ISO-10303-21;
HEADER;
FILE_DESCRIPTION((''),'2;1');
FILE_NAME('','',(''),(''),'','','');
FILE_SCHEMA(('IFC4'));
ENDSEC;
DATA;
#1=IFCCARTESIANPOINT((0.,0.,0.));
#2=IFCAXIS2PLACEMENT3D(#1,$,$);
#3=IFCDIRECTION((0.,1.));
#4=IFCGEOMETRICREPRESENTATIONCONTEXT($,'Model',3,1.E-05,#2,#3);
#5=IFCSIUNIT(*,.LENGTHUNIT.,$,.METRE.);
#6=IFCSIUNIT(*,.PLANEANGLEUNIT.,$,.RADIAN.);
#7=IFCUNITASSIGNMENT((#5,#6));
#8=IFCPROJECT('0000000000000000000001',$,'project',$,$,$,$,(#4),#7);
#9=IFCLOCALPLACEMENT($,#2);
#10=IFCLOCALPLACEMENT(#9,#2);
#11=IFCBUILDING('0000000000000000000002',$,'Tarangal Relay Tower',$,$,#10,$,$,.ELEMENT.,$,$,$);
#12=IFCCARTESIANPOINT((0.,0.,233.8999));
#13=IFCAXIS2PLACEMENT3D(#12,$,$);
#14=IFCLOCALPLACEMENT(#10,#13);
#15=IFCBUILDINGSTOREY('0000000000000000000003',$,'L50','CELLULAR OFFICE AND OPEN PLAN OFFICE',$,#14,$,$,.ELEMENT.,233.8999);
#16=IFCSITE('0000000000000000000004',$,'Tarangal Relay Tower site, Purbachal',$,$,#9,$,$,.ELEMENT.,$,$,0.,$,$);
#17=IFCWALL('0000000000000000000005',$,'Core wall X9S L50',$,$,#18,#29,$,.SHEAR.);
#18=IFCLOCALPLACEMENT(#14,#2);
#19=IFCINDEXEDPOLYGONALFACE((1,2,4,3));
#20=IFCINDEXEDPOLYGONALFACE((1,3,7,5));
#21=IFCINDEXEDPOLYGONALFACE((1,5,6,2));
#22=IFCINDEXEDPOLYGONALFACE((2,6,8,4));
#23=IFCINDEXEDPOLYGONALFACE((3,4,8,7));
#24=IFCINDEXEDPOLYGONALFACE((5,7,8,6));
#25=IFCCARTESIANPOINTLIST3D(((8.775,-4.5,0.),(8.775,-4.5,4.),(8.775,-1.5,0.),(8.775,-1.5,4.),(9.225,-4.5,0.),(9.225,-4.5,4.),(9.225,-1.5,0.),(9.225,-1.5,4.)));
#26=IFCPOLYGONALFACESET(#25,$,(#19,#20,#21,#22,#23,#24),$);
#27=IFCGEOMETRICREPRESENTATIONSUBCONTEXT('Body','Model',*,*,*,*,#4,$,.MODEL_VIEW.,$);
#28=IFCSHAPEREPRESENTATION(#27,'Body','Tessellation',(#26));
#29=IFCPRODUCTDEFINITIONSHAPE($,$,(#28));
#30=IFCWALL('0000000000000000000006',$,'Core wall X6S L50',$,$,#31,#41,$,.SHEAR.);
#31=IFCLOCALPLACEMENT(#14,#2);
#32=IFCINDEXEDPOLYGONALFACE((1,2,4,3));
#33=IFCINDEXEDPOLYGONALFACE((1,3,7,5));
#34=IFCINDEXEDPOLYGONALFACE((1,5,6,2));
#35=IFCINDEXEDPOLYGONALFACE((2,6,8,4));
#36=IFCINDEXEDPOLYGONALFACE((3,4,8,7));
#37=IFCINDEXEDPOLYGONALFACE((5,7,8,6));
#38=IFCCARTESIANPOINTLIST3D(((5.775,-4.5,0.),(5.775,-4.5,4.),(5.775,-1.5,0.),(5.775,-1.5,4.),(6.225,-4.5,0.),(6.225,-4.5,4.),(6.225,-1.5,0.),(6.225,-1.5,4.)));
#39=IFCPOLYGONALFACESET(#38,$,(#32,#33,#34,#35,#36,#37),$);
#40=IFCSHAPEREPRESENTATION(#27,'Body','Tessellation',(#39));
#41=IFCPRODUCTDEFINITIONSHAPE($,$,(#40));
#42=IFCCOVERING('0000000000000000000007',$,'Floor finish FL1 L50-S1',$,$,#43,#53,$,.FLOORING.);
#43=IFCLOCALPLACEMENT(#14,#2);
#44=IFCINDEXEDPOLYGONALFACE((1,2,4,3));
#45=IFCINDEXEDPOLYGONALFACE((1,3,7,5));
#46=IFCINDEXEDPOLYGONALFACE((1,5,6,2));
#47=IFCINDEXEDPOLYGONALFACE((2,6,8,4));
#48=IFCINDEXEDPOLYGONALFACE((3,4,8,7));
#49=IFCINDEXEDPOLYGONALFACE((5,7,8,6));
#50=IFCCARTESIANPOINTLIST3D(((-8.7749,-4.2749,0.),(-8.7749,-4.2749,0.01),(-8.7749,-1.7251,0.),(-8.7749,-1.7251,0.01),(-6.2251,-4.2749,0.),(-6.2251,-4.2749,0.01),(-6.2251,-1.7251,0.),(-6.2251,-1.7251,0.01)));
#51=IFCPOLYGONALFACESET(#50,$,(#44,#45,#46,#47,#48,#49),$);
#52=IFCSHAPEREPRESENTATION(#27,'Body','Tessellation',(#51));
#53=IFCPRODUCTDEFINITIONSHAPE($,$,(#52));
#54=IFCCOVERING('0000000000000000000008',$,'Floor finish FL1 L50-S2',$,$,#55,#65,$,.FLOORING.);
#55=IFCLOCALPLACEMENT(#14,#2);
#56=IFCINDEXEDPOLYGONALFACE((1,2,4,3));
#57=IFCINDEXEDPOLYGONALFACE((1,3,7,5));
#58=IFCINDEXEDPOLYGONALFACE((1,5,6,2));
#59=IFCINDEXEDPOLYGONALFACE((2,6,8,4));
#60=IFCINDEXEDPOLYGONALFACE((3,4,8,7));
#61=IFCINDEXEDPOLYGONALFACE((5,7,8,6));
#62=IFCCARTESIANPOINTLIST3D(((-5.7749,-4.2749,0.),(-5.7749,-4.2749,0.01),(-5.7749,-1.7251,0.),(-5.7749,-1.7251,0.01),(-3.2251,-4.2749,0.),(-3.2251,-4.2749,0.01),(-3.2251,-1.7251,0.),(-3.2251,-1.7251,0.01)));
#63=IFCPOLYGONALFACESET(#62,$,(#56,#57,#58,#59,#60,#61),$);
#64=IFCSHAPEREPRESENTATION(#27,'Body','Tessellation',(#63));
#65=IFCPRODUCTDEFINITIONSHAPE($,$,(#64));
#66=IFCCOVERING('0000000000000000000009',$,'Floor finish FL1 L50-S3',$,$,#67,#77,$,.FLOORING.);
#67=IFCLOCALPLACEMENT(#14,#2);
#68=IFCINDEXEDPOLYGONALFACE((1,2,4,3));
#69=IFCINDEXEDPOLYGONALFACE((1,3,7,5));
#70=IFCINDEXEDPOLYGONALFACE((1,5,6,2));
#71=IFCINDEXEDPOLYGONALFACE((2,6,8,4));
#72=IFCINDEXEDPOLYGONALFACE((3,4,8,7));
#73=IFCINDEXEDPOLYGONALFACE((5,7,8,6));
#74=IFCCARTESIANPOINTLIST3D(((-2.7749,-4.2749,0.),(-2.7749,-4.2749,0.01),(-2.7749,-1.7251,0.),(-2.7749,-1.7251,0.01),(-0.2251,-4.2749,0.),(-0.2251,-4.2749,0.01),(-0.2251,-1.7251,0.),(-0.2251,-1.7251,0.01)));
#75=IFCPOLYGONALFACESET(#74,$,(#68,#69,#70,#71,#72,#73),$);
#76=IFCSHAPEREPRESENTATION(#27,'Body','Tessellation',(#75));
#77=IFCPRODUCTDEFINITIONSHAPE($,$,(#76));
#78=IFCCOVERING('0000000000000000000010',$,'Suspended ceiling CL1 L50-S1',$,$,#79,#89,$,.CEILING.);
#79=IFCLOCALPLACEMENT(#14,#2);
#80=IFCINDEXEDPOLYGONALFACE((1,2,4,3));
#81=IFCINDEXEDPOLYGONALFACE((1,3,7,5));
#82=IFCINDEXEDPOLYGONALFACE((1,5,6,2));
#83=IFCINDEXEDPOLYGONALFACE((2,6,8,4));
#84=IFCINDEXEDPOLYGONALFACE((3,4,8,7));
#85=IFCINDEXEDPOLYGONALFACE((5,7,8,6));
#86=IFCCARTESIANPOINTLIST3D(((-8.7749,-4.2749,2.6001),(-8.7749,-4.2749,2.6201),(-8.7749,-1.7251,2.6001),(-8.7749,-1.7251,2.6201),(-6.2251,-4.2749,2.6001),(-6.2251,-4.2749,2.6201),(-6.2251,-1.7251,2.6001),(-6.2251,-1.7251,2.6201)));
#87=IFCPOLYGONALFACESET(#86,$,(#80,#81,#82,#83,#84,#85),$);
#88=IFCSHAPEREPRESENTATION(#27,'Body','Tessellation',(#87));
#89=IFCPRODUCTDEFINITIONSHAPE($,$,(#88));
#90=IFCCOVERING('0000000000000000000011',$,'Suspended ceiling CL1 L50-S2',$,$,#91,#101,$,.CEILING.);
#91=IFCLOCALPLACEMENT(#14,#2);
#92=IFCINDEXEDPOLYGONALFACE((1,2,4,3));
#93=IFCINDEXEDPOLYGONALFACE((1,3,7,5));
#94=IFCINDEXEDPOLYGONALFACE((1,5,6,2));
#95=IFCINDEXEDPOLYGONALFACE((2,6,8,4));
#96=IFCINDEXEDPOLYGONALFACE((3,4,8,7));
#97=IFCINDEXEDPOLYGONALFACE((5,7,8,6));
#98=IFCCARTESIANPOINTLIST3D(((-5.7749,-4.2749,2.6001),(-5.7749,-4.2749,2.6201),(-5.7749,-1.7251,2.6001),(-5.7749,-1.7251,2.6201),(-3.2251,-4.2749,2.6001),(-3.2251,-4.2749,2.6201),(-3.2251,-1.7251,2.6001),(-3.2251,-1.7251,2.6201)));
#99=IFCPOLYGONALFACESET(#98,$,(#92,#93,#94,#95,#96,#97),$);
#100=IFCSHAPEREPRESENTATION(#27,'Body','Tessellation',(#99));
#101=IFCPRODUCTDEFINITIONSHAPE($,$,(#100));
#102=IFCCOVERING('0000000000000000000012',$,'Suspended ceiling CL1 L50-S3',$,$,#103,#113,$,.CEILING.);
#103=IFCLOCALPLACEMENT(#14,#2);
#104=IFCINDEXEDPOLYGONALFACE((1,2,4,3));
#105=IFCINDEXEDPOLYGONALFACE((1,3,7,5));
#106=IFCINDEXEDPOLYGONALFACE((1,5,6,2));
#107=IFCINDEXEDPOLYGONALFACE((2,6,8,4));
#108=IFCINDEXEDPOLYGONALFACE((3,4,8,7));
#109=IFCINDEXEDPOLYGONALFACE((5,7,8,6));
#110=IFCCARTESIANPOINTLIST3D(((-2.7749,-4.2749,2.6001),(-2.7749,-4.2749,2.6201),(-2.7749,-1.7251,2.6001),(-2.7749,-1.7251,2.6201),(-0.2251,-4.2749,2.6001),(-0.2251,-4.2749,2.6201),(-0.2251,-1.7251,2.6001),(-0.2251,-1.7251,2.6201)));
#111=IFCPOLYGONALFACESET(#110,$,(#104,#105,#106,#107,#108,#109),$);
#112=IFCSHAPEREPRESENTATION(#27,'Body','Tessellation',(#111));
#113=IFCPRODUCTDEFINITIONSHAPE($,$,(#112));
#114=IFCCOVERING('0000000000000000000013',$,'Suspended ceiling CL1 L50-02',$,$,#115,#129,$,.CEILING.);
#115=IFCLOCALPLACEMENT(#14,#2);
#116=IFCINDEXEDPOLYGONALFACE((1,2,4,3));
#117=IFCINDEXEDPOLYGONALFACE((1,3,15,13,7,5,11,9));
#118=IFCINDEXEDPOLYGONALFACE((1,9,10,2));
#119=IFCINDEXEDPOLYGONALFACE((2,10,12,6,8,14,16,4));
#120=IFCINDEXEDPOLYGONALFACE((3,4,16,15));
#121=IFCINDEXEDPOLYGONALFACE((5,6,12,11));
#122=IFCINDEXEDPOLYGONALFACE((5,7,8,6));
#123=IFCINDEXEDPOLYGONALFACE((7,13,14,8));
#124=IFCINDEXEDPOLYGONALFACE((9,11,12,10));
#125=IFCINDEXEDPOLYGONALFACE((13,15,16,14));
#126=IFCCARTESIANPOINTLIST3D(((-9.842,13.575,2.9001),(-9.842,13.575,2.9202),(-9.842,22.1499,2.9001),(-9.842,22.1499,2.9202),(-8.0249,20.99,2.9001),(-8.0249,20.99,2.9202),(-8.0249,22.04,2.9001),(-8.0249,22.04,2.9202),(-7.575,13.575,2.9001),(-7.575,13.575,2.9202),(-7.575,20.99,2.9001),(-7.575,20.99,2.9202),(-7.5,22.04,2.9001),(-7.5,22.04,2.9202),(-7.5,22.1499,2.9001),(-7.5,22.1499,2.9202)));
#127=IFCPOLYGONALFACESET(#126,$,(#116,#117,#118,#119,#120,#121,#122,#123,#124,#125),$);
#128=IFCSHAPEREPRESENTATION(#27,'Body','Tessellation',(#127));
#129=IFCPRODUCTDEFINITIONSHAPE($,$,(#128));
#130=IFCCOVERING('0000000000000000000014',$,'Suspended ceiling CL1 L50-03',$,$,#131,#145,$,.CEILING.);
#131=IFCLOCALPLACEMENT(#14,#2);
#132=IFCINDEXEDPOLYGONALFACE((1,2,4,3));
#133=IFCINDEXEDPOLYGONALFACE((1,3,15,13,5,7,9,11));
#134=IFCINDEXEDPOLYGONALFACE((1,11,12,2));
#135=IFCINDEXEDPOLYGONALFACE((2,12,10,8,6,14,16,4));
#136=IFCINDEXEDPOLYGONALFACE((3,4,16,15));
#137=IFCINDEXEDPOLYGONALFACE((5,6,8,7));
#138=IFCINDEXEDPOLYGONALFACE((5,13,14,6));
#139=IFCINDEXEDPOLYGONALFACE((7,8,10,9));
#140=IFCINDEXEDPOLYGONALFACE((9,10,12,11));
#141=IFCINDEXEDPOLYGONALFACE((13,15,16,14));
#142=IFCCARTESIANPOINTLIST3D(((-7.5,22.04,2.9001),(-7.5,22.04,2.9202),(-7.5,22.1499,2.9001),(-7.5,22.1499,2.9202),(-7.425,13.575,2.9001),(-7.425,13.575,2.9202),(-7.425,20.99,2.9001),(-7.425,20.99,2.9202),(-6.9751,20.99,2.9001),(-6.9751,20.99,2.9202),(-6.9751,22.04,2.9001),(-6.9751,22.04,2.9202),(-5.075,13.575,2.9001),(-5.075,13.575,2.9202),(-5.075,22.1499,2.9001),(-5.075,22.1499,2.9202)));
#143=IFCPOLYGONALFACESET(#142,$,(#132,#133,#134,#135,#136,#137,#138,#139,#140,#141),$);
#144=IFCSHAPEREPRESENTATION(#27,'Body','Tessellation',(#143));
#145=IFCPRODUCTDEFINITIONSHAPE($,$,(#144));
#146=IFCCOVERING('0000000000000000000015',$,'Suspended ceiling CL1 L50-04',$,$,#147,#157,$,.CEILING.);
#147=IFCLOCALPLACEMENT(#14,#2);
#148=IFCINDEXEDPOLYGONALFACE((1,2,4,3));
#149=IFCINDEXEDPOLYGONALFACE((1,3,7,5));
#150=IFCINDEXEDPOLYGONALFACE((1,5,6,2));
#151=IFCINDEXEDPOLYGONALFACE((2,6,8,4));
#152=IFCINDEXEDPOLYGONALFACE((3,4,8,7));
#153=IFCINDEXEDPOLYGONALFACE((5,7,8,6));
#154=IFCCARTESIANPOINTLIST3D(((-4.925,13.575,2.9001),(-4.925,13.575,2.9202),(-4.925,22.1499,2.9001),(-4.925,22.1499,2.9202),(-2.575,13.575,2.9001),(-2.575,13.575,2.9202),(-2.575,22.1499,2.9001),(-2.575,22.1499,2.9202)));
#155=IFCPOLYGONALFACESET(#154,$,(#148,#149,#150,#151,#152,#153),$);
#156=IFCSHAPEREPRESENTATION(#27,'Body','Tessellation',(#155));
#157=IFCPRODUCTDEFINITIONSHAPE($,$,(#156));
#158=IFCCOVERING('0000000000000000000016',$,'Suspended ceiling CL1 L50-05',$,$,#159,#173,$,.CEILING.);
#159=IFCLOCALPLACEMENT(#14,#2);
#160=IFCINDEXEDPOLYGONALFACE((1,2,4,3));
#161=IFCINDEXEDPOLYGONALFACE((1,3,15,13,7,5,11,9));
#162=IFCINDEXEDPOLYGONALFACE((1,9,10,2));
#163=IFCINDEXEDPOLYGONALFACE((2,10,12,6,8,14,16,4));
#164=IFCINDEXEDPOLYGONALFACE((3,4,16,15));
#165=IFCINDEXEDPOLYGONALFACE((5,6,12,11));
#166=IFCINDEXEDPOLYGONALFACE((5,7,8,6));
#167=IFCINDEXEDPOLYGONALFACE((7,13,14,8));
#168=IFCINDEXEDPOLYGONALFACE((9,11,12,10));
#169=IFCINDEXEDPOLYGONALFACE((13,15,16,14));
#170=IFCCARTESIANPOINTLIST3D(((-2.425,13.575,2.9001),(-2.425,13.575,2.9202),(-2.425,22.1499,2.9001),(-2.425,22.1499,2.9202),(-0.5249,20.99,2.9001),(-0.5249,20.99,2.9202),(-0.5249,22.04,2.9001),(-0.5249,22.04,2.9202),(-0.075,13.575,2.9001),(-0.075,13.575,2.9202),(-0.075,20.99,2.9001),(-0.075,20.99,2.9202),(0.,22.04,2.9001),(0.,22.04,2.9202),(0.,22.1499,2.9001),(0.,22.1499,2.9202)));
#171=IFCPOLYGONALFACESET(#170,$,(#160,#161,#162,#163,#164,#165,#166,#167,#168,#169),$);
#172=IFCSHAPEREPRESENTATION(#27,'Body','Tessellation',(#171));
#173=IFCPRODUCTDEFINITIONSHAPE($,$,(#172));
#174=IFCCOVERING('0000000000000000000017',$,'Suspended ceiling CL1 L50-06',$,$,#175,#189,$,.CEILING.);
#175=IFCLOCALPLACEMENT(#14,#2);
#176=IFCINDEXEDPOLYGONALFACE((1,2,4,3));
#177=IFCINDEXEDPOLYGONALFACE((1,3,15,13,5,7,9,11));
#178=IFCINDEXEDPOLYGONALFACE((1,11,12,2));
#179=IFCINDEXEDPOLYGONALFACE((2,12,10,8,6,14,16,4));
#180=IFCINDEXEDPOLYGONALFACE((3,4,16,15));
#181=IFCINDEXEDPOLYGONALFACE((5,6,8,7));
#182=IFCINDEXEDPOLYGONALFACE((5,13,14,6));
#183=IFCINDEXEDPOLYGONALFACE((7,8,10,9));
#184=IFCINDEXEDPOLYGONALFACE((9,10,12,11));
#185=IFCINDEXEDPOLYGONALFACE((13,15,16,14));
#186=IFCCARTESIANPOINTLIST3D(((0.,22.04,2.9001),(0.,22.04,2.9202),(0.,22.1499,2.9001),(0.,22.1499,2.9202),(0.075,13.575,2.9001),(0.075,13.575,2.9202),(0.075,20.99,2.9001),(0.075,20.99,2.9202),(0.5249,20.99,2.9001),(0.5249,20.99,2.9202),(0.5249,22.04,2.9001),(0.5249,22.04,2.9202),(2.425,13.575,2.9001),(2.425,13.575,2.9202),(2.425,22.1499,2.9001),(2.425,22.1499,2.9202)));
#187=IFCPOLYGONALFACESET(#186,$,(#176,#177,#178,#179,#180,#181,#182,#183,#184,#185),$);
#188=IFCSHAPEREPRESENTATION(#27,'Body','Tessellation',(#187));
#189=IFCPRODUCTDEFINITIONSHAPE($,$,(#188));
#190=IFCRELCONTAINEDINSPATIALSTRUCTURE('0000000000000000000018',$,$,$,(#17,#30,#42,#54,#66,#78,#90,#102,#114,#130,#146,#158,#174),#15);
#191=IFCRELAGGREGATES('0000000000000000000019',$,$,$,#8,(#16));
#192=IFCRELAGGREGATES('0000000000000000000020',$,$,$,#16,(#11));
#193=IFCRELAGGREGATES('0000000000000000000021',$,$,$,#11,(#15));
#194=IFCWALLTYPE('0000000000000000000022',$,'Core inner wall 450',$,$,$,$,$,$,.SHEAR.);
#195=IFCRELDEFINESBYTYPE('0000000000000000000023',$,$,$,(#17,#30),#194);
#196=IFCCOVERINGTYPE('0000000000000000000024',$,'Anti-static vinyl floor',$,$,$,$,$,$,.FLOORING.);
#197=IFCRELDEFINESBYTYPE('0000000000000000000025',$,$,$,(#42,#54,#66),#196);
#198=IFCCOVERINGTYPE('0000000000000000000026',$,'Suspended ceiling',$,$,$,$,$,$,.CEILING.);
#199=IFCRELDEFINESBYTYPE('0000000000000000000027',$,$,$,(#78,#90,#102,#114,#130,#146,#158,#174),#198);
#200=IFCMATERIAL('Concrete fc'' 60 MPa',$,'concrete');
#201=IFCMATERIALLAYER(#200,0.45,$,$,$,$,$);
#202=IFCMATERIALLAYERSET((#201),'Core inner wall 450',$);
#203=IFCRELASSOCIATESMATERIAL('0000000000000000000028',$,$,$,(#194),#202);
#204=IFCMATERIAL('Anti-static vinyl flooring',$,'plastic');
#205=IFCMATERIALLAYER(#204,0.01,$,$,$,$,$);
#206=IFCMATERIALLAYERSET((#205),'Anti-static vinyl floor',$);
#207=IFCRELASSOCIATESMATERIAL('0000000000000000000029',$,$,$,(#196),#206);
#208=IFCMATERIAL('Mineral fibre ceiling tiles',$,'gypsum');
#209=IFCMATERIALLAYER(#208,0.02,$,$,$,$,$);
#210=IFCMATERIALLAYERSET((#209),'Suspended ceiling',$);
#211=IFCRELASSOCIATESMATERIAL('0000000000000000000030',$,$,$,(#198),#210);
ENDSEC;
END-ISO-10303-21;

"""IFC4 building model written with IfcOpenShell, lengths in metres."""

from ifc_helpers import new_model, si_unit, direction, frame, frame_2d, origin, place, context, subcontext, project, spatial, polyline, rectangle, outline, extrude, material, layer, layer_set, type_object, element, save


model = new_model("IFC4")

# Units and contexts
model_context = context("Model", 3, precision=1e-05, world=origin(), true_north=direction((0.0, 1.0)))
body_context = subcontext(model_context, "Body", "Model", "MODEL_VIEW")
ifc_project = project(units=[si_unit("LENGTHUNIT", "METRE"), si_unit("PLANEANGLEUNIT", "RADIAN")], contexts=[model_context])

# Site, building, storey
site_placement = place(None, origin())
site = spatial("IfcSite", under=ifc_project, at=site_placement, Name="Tarangal Relay Tower site, Purbachal", CompositionType="ELEMENT", RefElevation=0.0)
building_placement = place(site_placement, origin())
building = spatial("IfcBuilding", under=site, at=building_placement, Name="Tarangal Relay Tower", CompositionType="ELEMENT")
storey_placement = place(building_placement, frame((0.0, 0.0, 233.8999)))
storey = spatial("IfcBuildingStorey", under=building, at=storey_placement, Name="L50", Description="CELLULAR OFFICE AND OPEN PLAN OFFICE", CompositionType="ELEMENT", Elevation=233.8999)

# Walls
ifc_material_1 = material(Name="Concrete fc' 60 MPa", Category="concrete")
ifc_layer_1 = layer(ifc_material_1, 0.45)
ifc_layer_set_1 = layer_set([ifc_layer_1], Name="Core inner wall 450")
wall_type_1 = type_object("IfcWallType", Name="Core inner wall 450", PredefinedType="SHEAR", material=ifc_layer_set_1)
for number, where, z_axis, x_axis, name in (
    (1, (9.0, -4.5, 0.0), (0.0, 0.0, 1.0), (0.0, 1.0, 0.0), "Core wall X9S L50"),
    (2, (6.0, -4.5, 0.0), (0.0, 0.0, 1.0), (0.0, 1.0, 0.0), "Core wall X6S L50"),
):
    element("IfcWall", number, at=place(storey_placement, frame(where, z_axis=z_axis, x_axis=x_axis)), inside=storey, type_object=wall_type_1, Name=name, PredefinedType="SHEAR", context=body_context, shape_type="SweptSolid", body=[
        extrude(rectangle(XDim=3.0, YDim=0.45, at=frame_2d((1.5, 0.0))), origin(), (0.0, 0.0, 1.0), 4.0),
    ])

# Coverings
ifc_material_2 = material(Name="Anti-static vinyl flooring", Category="plastic")
ifc_layer_2 = layer(ifc_material_2, 0.01)
ifc_layer_set_2 = layer_set([ifc_layer_2], Name="Anti-static vinyl floor")
covering_type_1 = type_object("IfcCoveringType", Name="Anti-static vinyl floor", PredefinedType="FLOORING", material=ifc_layer_set_2)
covering_1_placement = place(storey_placement, origin())
element("IfcCovering", 3, at=covering_1_placement, inside=storey, type_object=covering_type_1, Name="Floor finish FL1 L50-S1", PredefinedType="FLOORING", context=body_context, shape_type="SweptSolid", body=[
    extrude(outline(polyline([(-8.7749, -4.2749), (-6.2251, -4.2749), (-6.2251, -1.7251), (-8.7749, -1.7251), (-8.7749, -4.2749)])), origin(), (0.0, 0.0, 1.0), 0.01),
])
covering_2_placement = place(storey_placement, origin())
element("IfcCovering", 4, at=covering_2_placement, inside=storey, type_object=covering_type_1, Name="Floor finish FL1 L50-S2", PredefinedType="FLOORING", context=body_context, shape_type="SweptSolid", body=[
    extrude(outline(polyline([(-5.7749, -4.2749), (-3.2251, -4.2749), (-3.2251, -1.7251), (-5.7749, -1.7251), (-5.7749, -4.2749)])), origin(), (0.0, 0.0, 1.0), 0.01),
])
covering_3_placement = place(storey_placement, origin())
element("IfcCovering", 5, at=covering_3_placement, inside=storey, type_object=covering_type_1, Name="Floor finish FL1 L50-S3", PredefinedType="FLOORING", context=body_context, shape_type="SweptSolid", body=[
    extrude(outline(polyline([(-2.7749, -4.2749), (-0.2251, -4.2749), (-0.2251, -1.7251), (-2.7749, -1.7251), (-2.7749, -4.2749)])), origin(), (0.0, 0.0, 1.0), 0.01),
])
ifc_material_3 = material(Name="Mineral fibre ceiling tiles", Category="gypsum")
ifc_layer_3 = layer(ifc_material_3, 0.02)
ifc_layer_set_3 = layer_set([ifc_layer_3], Name="Suspended ceiling")
covering_type_2 = type_object("IfcCoveringType", Name="Suspended ceiling", PredefinedType="CEILING", material=ifc_layer_set_3)
covering_4_placement = place(storey_placement, frame((0.0, 0.0, 2.6001)))
element("IfcCovering", 6, at=covering_4_placement, inside=storey, type_object=covering_type_2, Name="Suspended ceiling CL1 L50-S1", PredefinedType="CEILING", context=body_context, shape_type="SweptSolid", body=[
    extrude(outline(polyline([(-8.7749, -4.2749), (-6.2251, -4.2749), (-6.2251, -1.7251), (-8.7749, -1.7251), (-8.7749, -4.2749)])), origin(), (0.0, 0.0, 1.0), 0.02),
])
covering_5_placement = place(storey_placement, frame((0.0, 0.0, 2.6001)))
element("IfcCovering", 7, at=covering_5_placement, inside=storey, type_object=covering_type_2, Name="Suspended ceiling CL1 L50-S2", PredefinedType="CEILING", context=body_context, shape_type="SweptSolid", body=[
    extrude(outline(polyline([(-5.7749, -4.2749), (-3.2251, -4.2749), (-3.2251, -1.7251), (-5.7749, -1.7251), (-5.7749, -4.2749)])), origin(), (0.0, 0.0, 1.0), 0.02),
])
covering_6_placement = place(storey_placement, frame((0.0, 0.0, 2.6001)))
element("IfcCovering", 8, at=covering_6_placement, inside=storey, type_object=covering_type_2, Name="Suspended ceiling CL1 L50-S3", PredefinedType="CEILING", context=body_context, shape_type="SweptSolid", body=[
    extrude(outline(polyline([(-2.7749, -4.2749), (-0.2251, -4.2749), (-0.2251, -1.7251), (-2.7749, -1.7251), (-2.7749, -4.2749)])), origin(), (0.0, 0.0, 1.0), 0.02),
])
covering_7_placement = place(storey_placement, frame((0.0, 0.0, 2.9001)))
element("IfcCovering", 9, at=covering_7_placement, inside=storey, type_object=covering_type_2, Name="Suspended ceiling CL1 L50-02", PredefinedType="CEILING", context=body_context, shape_type="SweptSolid", body=[
    extrude(outline(polyline([(-7.5, 22.1499), (-9.842, 22.1499), (-9.842, 13.575), (-7.575, 13.575), (-7.575, 20.99), (-8.0249, 20.99), (-8.0249, 22.04), (-7.5, 22.04), (-7.5, 22.1499)])), origin(), (0.0, 0.0, 1.0), 0.02),
])
covering_8_placement = place(storey_placement, frame((0.0, 0.0, 2.9001)))
element("IfcCovering", 10, at=covering_8_placement, inside=storey, type_object=covering_type_2, Name="Suspended ceiling CL1 L50-03", PredefinedType="CEILING", context=body_context, shape_type="SweptSolid", body=[
    extrude(outline(polyline([(-5.075, 22.1499), (-7.5, 22.1499), (-7.5, 22.04), (-6.9751, 22.04), (-6.9751, 20.99), (-7.425, 20.99), (-7.425, 13.575), (-5.075, 13.575), (-5.075, 22.1499)])), origin(), (0.0, 0.0, 1.0), 0.02),
])
covering_9_placement = place(storey_placement, frame((0.0, 0.0, 2.9001)))
element("IfcCovering", 11, at=covering_9_placement, inside=storey, type_object=covering_type_2, Name="Suspended ceiling CL1 L50-04", PredefinedType="CEILING", context=body_context, shape_type="SweptSolid", body=[
    extrude(outline(polyline([(-4.925, 22.1499), (-4.925, 13.575), (-2.575, 13.575), (-2.575, 22.1499), (-4.925, 22.1499)])), origin(), (0.0, 0.0, 1.0), 0.02),
])
covering_10_placement = place(storey_placement, frame((0.0, 0.0, 2.9001)))
element("IfcCovering", 12, at=covering_10_placement, inside=storey, type_object=covering_type_2, Name="Suspended ceiling CL1 L50-05", PredefinedType="CEILING", context=body_context, shape_type="SweptSolid", body=[
    extrude(outline(polyline([(0.0, 22.1499), (-2.425, 22.1499), (-2.425, 13.575), (-0.075, 13.575), (-0.075, 20.99), (-0.5249, 20.99), (-0.5249, 22.04), (0.0, 22.04), (0.0, 22.1499)])), origin(), (0.0, 0.0, 1.0), 0.02),
])
covering_11_placement = place(storey_placement, frame((0.0, 0.0, 2.9001)))
element("IfcCovering", 13, at=covering_11_placement, inside=storey, type_object=covering_type_2, Name="Suspended ceiling CL1 L50-06", PredefinedType="CEILING", context=body_context, shape_type="SweptSolid", body=[
    extrude(outline(polyline([(2.425, 22.1499), (0.0, 22.1499), (0.0, 22.04), (0.5249, 22.04), (0.5249, 20.99), (0.075, 20.99), (0.075, 13.575), (2.425, 13.575), (2.425, 22.1499)])), origin(), (0.0, 0.0, 1.0), 0.02),
])

save(model, "model.ifc")
